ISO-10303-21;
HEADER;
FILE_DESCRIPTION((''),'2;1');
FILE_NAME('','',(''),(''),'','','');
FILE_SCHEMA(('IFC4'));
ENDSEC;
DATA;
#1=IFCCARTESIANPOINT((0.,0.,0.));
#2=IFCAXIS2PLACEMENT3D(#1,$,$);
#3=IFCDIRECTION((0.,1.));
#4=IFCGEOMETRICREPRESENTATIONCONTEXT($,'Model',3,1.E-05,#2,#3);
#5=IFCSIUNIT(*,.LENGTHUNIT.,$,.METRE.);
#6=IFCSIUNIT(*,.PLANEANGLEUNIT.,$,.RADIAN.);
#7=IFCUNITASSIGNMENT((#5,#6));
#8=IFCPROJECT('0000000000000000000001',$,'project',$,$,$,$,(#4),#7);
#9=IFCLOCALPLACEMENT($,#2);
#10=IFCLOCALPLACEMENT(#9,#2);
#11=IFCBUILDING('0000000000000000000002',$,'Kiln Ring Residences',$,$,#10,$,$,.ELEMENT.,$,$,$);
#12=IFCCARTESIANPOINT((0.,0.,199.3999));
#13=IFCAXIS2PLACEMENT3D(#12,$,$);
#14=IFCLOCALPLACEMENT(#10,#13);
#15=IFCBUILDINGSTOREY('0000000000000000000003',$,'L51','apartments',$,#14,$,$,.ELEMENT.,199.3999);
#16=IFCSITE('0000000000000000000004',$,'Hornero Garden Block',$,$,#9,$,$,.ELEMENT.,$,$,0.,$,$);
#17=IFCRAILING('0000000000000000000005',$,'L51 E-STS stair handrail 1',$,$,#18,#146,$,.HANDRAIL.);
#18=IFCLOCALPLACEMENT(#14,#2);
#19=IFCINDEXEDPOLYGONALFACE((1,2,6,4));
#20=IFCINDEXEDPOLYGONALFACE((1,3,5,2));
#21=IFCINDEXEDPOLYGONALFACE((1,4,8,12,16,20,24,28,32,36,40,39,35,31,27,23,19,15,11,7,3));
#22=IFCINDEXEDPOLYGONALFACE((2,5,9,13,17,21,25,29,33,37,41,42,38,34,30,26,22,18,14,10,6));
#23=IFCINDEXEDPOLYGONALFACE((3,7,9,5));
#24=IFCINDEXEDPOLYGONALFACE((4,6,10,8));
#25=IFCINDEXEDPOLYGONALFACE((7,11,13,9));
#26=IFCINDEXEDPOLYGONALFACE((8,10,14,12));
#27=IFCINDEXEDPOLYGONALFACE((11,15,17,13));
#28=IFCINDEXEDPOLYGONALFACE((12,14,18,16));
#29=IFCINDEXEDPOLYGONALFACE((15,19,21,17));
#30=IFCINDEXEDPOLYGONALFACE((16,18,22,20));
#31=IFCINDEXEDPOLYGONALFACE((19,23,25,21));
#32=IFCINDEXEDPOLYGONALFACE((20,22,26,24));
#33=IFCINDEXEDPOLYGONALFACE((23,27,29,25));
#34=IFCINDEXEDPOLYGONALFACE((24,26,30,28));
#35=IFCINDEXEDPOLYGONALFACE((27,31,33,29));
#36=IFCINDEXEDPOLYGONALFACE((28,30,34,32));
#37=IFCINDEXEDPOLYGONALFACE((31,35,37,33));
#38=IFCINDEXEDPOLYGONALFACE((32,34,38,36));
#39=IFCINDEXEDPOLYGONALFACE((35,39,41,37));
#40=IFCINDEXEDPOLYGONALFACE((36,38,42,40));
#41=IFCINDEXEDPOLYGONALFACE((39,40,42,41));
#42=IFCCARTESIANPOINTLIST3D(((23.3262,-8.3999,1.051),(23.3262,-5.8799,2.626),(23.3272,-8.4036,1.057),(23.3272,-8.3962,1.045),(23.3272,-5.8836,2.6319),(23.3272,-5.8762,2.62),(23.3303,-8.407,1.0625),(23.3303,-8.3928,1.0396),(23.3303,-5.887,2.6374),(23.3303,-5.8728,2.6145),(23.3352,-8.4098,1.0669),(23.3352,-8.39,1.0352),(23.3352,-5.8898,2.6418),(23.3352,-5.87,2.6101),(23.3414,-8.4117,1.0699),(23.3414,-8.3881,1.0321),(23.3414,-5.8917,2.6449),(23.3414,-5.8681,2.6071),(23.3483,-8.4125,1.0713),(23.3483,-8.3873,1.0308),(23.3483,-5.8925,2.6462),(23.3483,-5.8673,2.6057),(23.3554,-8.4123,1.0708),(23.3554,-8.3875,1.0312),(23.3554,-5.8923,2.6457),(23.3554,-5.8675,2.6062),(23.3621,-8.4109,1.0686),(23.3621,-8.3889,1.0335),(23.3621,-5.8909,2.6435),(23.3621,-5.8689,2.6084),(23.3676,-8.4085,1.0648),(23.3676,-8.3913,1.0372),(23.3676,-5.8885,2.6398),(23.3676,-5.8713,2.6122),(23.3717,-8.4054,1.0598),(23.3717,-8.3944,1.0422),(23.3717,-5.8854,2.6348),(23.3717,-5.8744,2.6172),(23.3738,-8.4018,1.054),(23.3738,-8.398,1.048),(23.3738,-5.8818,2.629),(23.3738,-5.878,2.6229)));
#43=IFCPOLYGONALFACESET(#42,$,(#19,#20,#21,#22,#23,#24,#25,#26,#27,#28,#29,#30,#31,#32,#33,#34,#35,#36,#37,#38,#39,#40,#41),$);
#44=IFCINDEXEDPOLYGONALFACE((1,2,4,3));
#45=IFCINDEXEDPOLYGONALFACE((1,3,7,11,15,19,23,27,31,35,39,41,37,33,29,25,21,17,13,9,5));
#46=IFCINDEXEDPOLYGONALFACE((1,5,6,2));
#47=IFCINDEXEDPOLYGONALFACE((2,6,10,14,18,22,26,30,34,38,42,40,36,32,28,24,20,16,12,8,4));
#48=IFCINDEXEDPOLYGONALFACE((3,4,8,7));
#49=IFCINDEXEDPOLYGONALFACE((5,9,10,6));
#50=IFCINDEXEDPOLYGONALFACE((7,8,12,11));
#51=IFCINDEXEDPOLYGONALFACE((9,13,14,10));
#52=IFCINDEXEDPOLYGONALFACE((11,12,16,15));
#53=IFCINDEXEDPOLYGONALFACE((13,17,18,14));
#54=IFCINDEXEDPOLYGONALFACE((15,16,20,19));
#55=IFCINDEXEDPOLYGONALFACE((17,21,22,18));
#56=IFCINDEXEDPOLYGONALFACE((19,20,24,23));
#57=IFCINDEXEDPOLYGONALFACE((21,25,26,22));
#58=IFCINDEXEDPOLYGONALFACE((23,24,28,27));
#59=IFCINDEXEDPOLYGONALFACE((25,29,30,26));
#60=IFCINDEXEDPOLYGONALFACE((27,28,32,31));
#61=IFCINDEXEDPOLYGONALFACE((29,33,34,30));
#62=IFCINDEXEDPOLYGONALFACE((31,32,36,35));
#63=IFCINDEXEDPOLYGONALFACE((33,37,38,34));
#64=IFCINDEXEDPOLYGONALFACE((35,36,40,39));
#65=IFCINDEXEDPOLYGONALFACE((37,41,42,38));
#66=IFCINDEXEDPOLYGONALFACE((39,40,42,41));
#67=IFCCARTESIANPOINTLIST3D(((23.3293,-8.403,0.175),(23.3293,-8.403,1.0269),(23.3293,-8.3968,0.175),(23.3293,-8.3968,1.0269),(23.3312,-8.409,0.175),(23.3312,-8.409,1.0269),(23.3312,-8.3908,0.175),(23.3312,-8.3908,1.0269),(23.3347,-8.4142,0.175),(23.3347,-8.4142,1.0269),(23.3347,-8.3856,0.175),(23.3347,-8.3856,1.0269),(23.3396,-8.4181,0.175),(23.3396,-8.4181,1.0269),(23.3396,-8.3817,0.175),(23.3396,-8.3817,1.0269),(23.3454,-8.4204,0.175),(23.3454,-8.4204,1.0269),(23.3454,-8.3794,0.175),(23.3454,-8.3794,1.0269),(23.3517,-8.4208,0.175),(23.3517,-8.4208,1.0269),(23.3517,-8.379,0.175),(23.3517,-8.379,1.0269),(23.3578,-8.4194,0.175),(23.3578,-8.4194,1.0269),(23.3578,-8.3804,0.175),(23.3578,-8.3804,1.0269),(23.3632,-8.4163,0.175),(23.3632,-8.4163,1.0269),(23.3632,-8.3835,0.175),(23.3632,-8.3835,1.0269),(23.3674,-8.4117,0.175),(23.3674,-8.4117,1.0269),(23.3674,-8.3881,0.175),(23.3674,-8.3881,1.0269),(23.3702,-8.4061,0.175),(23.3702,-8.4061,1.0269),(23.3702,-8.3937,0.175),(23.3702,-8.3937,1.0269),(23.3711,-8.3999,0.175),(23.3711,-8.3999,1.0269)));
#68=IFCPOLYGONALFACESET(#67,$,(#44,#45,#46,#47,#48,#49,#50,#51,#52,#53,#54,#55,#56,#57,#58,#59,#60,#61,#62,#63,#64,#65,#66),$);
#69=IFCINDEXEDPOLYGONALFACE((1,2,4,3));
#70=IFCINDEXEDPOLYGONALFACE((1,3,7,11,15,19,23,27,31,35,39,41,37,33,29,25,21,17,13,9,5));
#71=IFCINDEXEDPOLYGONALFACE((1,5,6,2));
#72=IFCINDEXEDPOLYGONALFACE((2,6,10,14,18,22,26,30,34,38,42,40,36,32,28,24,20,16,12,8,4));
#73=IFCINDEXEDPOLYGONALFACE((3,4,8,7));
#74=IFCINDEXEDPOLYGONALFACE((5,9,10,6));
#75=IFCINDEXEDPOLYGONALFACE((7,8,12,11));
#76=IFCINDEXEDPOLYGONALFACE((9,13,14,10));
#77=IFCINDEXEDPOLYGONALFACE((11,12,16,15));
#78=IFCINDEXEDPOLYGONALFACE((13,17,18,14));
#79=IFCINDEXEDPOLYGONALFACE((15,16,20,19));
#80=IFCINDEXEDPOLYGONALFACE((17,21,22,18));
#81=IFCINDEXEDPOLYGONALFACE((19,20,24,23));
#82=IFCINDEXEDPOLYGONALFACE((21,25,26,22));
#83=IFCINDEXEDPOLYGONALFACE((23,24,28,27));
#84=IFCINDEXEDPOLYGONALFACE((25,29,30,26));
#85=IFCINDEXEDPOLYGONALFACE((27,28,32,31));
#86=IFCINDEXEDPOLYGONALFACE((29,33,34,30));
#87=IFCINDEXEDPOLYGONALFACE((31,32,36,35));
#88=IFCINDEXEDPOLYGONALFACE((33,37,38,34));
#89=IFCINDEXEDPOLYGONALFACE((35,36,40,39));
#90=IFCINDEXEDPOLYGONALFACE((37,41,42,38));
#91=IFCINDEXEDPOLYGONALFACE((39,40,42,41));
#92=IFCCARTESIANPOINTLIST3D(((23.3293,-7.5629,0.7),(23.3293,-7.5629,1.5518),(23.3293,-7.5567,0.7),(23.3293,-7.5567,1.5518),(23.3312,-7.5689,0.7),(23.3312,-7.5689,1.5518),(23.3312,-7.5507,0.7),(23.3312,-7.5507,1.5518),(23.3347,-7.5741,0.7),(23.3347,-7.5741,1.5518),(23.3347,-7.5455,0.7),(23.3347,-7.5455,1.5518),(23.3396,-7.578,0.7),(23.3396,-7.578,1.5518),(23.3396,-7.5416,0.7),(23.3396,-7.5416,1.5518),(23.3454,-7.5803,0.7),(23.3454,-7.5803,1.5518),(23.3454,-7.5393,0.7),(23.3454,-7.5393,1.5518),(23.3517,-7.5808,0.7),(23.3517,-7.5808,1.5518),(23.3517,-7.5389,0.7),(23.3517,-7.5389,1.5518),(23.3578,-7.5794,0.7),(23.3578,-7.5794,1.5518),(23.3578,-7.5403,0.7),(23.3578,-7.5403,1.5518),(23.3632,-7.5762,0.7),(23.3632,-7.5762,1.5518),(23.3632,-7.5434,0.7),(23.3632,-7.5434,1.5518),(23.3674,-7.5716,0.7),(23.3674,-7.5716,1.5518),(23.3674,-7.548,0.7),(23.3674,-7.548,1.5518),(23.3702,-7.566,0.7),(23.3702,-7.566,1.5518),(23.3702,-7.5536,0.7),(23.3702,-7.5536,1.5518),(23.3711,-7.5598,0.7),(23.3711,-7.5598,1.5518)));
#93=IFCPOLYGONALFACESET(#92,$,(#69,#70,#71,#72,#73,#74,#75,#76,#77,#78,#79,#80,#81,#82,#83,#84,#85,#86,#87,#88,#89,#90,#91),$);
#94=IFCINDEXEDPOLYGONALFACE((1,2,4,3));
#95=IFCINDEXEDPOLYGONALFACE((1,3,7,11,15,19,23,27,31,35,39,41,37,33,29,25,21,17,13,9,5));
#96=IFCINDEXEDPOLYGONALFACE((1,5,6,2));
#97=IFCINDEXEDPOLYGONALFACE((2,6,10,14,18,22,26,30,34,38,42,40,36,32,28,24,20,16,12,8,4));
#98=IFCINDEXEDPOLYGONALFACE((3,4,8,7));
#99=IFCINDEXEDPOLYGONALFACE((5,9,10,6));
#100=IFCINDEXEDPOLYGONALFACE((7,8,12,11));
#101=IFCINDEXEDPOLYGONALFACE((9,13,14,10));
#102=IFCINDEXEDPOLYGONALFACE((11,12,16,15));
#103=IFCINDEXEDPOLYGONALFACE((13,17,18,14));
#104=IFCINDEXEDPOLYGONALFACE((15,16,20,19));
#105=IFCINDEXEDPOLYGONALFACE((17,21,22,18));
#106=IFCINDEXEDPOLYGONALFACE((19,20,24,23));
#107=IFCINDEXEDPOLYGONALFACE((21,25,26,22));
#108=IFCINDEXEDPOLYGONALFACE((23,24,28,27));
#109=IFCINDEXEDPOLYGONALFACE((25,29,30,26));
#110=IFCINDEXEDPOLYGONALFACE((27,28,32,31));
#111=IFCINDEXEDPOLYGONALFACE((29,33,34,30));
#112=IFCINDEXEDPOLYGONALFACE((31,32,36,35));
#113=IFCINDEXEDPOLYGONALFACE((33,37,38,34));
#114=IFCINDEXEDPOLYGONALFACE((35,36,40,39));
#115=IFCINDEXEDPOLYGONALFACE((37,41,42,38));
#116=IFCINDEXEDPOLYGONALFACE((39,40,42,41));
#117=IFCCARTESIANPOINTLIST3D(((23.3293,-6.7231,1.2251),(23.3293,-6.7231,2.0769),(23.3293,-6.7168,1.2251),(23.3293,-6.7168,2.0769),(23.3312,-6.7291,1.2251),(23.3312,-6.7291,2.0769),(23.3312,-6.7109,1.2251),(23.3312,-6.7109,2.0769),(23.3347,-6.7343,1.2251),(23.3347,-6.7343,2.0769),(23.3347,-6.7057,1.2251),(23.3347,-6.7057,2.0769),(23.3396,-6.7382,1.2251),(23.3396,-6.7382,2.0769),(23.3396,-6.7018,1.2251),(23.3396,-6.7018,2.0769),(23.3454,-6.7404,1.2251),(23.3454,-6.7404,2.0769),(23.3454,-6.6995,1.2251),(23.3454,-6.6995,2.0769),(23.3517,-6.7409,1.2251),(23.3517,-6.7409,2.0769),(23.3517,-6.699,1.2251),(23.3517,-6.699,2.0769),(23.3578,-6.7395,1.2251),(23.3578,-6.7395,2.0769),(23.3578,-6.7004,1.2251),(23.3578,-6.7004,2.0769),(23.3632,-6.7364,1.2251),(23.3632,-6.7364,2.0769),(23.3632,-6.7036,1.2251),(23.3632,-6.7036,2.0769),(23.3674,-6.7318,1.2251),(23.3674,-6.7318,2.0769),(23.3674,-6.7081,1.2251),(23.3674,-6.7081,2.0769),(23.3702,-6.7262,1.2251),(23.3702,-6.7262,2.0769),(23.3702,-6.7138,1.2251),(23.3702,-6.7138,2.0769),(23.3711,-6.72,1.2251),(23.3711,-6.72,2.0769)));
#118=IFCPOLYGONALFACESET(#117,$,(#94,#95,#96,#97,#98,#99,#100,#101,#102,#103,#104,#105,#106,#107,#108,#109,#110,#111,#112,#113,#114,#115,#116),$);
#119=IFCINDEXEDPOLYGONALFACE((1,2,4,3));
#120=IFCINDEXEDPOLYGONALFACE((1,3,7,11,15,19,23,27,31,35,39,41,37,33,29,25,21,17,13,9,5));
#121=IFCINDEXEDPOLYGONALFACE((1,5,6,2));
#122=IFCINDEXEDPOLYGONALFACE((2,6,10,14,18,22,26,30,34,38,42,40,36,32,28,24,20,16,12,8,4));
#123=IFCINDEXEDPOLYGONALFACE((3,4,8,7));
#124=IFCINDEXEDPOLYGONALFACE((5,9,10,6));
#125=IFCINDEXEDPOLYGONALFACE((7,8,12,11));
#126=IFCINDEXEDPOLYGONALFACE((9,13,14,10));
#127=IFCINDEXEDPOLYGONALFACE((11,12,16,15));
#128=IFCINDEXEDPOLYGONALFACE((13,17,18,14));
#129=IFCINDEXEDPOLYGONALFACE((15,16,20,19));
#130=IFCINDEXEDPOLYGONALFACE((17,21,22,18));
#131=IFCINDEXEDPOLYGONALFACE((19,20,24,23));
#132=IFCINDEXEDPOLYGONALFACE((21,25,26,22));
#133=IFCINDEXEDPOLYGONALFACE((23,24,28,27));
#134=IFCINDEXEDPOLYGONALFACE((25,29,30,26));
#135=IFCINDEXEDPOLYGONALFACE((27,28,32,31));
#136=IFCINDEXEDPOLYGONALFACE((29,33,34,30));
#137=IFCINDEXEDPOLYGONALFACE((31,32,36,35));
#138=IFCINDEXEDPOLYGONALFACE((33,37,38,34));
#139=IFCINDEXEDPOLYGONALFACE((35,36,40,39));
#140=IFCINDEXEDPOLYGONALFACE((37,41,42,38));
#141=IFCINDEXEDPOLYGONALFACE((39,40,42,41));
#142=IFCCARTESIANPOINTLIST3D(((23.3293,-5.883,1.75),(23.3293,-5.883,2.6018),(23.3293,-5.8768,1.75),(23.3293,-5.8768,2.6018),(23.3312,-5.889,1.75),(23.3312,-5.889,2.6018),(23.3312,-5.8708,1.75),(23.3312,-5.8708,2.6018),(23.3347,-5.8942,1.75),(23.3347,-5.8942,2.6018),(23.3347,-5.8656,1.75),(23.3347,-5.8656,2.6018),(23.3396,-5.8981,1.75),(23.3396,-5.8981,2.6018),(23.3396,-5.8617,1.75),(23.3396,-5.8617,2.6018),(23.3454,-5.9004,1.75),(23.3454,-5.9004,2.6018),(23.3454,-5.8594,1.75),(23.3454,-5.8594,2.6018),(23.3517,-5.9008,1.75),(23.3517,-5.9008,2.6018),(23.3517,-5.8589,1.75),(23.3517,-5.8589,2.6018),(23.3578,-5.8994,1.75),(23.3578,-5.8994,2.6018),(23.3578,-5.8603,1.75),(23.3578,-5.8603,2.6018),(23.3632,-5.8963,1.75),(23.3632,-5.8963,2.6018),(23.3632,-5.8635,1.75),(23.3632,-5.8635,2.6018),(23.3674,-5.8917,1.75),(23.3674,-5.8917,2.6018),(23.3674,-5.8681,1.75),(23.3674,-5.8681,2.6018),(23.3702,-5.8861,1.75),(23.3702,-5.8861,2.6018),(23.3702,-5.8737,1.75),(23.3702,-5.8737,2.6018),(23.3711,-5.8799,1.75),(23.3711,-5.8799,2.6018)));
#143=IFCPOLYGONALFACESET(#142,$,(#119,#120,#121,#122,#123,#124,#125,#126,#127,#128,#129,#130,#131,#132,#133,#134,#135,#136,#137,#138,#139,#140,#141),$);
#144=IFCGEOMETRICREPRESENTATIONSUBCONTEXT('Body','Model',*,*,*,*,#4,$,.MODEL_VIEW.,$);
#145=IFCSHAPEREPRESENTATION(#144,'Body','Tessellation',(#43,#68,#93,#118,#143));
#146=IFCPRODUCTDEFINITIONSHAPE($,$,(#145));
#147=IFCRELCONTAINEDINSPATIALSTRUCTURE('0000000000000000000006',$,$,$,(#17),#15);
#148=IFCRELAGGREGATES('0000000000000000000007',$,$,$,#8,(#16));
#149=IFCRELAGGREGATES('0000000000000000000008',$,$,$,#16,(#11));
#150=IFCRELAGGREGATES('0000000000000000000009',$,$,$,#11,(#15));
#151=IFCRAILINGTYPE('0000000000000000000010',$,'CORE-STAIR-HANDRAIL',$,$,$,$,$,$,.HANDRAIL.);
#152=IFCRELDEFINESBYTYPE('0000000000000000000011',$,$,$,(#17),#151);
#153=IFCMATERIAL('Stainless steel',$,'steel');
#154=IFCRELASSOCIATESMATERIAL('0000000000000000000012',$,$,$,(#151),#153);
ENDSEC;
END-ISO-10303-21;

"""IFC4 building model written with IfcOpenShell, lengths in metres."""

from ifc_helpers import new_model, si_unit, direction, frame, origin, origin_2d, place, context, subcontext, project, spatial, circle, extrude, material, type_object, element, save


model = new_model("IFC4")

# Units and contexts
model_context = context("Model", 3, precision=1e-05, world=origin(), true_north=direction((0.0, 1.0)))
body_context = subcontext(model_context, "Body", "Model", "MODEL_VIEW")
ifc_project = project(units=[si_unit("LENGTHUNIT", "METRE"), si_unit("PLANEANGLEUNIT", "RADIAN")], contexts=[model_context])

# Site, building, storey
site_placement = place(None, origin())
site = spatial("IfcSite", under=ifc_project, at=site_placement, Name="Hornero Garden Block", CompositionType="ELEMENT", RefElevation=0.0)
building_placement = place(site_placement, origin())
building = spatial("IfcBuilding", under=site, at=building_placement, Name="Kiln Ring Residences", CompositionType="ELEMENT")
storey_placement = place(building_placement, frame((0.0, 0.0, 199.3999)))
storey = spatial("IfcBuildingStorey", under=building, at=storey_placement, Name="L51", Description="apartments", CompositionType="ELEMENT", Elevation=199.3999)

# Railing
ifc_material_1 = material(Name="Stainless steel", Category="steel")
railing_type_1 = type_object("IfcRailingType", Name="CORE-STAIR-HANDRAIL", PredefinedType="HANDRAIL", material=ifc_material_1)
railing_1_placement = place(storey_placement, frame((23.3501, -8.3999, 0.175)))
element("IfcRailing", 1, at=railing_1_placement, inside=storey, type_object=railing_type_1, Name="L51 E-STS stair handrail 1", PredefinedType="HANDRAIL", context=body_context, shape_type="SweptSolid", body=[
    extrude(circle(Radius=0.0239, at=origin_2d()), frame((0.0, 0.0, 0.876), z_axis=(0.0, 0.848008, 0.529984), x_axis=(-1.0, 0.0, 0.0)), (0.0, 0.0, 1.0), 2.9717),
    extrude(circle(Radius=0.021, at=origin_2d()), origin(), (0.0, 0.0, 1.0), 0.8518),
    extrude(circle(Radius=0.021, at=origin_2d()), frame((0.0, 0.8401, 0.5249)), (0.0, 0.0, 1.0), 0.8518),
    extrude(circle(Radius=0.021, at=origin_2d()), frame((0.0, 1.6799, 1.05)), (0.0, 0.0, 1.0), 0.8518),
    extrude(circle(Radius=0.021, at=origin_2d()), frame((0.0, 2.52, 1.575)), (0.0, 0.0, 1.0), 0.8518),
])

save(model, "model.ifc")
